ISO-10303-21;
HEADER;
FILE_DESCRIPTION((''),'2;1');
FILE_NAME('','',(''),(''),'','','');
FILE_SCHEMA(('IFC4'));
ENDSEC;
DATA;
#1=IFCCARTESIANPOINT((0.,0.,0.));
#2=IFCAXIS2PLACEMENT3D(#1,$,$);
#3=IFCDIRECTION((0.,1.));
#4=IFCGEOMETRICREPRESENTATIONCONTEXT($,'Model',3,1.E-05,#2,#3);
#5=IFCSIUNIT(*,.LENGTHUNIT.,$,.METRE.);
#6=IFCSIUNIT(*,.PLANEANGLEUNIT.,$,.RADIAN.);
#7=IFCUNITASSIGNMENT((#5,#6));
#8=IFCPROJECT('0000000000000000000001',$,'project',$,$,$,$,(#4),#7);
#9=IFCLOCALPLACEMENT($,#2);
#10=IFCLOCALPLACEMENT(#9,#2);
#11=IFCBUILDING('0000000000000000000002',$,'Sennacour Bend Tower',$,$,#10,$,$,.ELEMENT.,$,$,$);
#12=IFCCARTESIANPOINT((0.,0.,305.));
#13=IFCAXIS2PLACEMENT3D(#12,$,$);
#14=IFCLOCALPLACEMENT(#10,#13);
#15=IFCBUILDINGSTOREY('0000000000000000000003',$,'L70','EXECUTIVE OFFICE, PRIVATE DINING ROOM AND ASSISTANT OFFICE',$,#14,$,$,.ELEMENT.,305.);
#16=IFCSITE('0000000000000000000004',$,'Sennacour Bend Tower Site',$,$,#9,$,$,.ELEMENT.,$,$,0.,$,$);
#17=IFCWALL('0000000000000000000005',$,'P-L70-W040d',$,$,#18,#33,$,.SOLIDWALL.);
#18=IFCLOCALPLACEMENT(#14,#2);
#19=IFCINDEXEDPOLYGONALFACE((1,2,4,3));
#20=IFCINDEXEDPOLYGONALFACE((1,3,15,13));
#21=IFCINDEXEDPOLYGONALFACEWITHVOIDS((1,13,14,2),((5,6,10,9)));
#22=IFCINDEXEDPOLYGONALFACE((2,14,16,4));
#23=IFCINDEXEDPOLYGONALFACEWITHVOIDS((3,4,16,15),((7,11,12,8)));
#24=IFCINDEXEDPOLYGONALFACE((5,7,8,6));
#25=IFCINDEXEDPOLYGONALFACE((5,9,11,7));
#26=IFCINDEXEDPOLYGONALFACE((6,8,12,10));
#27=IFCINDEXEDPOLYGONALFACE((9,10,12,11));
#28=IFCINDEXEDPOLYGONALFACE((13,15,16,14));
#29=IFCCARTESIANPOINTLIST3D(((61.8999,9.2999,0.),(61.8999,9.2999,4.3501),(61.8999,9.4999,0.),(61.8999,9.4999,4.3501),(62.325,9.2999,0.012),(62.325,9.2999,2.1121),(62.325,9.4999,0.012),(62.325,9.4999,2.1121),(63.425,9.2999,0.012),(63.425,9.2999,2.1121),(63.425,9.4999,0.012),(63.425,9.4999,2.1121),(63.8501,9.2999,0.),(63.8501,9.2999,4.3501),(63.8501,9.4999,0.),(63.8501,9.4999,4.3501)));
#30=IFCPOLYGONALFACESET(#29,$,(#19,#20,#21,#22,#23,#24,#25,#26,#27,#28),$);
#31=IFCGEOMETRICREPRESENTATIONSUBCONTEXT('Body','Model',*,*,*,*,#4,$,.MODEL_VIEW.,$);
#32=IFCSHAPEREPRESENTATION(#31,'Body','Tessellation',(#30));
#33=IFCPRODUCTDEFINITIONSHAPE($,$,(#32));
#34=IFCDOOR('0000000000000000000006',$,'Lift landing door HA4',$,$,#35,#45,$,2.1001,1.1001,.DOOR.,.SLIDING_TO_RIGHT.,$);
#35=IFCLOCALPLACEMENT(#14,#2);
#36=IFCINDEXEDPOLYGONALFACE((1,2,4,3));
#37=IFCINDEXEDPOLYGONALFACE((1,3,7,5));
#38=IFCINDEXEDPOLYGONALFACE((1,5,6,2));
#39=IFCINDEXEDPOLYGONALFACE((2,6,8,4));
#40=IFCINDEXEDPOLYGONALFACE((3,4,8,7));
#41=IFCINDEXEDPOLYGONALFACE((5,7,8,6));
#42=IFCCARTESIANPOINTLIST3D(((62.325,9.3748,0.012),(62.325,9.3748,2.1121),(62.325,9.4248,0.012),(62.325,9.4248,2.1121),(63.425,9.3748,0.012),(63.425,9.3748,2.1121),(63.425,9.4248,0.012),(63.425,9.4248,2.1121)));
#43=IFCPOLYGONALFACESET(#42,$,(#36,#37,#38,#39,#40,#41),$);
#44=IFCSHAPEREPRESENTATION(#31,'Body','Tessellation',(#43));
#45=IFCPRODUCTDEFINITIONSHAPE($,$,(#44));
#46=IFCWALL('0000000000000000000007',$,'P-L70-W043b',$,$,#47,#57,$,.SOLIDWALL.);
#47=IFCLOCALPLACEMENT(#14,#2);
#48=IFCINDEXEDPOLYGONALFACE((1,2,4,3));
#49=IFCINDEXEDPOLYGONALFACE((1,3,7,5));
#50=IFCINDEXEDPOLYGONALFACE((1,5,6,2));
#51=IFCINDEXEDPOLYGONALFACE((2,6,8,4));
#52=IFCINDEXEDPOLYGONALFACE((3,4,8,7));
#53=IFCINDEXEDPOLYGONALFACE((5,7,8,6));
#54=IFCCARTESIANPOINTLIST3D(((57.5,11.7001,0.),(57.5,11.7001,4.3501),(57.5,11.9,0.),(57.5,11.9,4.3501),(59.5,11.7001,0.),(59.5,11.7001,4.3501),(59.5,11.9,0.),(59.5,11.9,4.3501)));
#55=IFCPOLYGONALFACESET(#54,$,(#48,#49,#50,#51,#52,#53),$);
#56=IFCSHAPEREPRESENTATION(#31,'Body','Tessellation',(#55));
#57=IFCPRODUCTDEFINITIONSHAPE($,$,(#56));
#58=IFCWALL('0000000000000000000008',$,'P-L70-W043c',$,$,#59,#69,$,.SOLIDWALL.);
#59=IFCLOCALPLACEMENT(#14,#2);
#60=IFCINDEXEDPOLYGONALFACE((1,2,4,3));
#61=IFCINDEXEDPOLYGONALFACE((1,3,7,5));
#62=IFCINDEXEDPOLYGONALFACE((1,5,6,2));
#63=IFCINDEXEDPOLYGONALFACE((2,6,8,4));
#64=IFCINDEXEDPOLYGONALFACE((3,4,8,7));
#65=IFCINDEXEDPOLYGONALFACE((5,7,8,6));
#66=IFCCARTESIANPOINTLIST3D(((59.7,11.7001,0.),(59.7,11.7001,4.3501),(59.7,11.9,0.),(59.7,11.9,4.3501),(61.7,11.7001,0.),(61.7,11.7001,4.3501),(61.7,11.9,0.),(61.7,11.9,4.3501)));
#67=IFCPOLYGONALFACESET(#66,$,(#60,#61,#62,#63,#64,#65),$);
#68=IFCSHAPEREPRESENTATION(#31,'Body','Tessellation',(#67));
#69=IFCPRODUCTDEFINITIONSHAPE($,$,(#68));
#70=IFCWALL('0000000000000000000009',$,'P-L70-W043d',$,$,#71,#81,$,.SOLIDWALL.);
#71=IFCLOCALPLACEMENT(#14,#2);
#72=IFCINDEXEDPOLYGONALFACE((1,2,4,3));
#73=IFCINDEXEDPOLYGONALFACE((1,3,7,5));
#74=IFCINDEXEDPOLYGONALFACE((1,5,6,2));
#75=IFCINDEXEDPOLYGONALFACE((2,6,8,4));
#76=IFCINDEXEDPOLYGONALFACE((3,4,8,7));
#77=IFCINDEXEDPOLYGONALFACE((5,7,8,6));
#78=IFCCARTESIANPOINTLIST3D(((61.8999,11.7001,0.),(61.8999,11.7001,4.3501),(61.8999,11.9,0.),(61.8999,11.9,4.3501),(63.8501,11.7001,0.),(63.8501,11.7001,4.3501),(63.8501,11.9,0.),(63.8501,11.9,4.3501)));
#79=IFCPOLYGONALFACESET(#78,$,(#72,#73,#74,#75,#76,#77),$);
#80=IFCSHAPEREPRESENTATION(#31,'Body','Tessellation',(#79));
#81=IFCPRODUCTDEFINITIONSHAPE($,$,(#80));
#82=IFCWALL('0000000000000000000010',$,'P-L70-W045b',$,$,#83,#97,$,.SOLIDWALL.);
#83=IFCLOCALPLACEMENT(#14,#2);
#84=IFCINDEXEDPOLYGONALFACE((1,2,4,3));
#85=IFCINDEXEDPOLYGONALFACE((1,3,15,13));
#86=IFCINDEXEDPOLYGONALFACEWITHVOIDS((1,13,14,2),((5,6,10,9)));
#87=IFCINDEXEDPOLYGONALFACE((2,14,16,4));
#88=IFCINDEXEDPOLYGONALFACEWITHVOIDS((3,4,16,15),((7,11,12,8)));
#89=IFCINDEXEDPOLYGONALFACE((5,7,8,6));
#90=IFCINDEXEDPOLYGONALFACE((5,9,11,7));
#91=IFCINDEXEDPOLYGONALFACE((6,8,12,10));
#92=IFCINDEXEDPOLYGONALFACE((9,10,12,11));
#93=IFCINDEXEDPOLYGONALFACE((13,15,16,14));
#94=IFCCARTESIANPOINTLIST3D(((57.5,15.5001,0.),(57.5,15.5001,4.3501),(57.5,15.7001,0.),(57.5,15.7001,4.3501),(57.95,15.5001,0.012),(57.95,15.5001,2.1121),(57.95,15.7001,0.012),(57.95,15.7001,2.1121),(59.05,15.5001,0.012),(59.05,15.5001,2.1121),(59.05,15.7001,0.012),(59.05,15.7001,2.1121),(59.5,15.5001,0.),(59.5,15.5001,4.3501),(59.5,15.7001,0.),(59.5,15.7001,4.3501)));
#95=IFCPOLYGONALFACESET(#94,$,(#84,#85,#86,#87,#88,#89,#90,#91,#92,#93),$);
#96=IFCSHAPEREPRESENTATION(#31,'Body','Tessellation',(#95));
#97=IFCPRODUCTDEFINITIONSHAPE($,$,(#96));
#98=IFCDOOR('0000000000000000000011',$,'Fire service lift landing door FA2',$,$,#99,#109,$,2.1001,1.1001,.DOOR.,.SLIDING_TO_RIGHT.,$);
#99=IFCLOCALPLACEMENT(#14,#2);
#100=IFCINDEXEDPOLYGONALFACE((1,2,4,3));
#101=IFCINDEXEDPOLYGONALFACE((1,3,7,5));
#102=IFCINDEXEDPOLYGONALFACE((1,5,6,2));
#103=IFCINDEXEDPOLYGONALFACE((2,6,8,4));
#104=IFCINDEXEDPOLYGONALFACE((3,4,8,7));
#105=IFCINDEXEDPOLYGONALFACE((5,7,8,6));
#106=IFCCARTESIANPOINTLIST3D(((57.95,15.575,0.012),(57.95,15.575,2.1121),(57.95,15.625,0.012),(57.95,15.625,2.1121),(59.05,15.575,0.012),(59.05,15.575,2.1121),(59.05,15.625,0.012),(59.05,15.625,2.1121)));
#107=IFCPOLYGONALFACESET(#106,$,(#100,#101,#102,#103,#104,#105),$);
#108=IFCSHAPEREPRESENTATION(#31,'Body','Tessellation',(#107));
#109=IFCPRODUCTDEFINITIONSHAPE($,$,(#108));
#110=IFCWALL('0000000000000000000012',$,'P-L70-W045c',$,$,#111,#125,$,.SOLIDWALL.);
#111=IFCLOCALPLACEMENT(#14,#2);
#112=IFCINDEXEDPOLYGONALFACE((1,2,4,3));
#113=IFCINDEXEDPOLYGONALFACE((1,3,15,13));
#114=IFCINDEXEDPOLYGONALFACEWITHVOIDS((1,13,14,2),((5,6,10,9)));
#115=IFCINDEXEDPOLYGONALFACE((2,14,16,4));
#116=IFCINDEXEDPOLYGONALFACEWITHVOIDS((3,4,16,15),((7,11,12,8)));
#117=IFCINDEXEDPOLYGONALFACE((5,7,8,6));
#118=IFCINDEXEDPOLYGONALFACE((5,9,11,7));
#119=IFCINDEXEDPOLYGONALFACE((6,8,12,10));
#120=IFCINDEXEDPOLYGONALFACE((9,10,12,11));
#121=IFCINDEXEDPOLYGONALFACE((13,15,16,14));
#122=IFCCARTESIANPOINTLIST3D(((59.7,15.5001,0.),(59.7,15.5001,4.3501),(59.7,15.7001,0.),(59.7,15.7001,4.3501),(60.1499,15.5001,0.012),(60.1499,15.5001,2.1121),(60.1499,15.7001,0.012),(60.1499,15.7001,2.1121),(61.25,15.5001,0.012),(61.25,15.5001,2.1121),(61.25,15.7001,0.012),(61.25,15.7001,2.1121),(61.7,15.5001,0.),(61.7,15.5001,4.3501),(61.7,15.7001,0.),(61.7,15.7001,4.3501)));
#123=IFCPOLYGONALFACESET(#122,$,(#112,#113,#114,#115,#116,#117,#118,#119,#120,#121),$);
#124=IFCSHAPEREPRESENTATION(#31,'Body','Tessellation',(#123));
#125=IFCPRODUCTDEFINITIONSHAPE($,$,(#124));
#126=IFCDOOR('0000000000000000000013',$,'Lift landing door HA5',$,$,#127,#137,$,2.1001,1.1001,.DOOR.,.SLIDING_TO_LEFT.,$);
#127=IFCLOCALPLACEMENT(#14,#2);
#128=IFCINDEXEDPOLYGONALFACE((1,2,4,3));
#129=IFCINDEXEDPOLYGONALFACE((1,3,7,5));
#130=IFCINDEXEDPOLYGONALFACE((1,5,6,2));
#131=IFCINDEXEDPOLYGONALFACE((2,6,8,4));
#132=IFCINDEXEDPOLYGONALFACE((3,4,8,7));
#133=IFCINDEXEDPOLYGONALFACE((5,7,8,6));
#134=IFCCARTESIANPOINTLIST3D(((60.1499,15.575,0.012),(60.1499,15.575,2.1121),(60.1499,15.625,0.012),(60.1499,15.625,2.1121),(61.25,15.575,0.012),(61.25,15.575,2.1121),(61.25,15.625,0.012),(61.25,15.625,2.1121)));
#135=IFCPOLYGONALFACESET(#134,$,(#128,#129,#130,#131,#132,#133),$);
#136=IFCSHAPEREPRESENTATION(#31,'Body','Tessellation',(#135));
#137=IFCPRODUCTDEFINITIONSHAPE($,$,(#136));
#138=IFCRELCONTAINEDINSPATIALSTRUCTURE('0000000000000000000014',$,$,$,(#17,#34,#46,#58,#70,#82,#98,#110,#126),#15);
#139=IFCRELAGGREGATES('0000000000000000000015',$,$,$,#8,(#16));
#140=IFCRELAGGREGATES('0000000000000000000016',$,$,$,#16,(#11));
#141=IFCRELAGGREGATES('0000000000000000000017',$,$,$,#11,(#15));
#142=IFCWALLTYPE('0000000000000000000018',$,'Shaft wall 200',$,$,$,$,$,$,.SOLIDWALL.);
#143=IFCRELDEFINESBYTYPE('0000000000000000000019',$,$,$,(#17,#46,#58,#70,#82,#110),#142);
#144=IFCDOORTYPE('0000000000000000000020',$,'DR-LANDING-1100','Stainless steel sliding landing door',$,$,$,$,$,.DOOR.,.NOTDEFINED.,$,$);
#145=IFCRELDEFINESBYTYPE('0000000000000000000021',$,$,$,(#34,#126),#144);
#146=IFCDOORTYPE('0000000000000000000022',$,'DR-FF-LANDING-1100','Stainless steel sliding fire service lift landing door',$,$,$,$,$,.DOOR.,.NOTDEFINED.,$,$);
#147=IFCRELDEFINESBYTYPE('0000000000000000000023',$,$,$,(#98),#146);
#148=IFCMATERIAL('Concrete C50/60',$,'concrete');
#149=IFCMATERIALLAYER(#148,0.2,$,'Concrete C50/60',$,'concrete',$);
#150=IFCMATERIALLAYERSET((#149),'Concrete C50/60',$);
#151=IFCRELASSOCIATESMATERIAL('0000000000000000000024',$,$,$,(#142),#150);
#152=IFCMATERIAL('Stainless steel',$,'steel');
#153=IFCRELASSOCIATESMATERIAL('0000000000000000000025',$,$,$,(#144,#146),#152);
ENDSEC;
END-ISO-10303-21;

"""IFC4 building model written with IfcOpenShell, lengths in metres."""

from ifc_helpers import new_model, si_unit, direction, frame, frame_2d, origin, place, context, subcontext, project, spatial, rectangle, extrude, material, layer, layer_set, type_object, element, fill, save


model = new_model("IFC4")

# Units and contexts
model_context = context("Model", 3, precision=1e-05, world=origin(), true_north=direction((0.0, 1.0)))
body_context = subcontext(model_context, "Body", "Model", "MODEL_VIEW")
ifc_project = project(units=[si_unit("LENGTHUNIT", "METRE"), si_unit("PLANEANGLEUNIT", "RADIAN")], contexts=[model_context])

# Site, building, storey
site_placement = place(None, origin())
site = spatial("IfcSite", under=ifc_project, at=site_placement, Name="Sennacour Bend Tower Site", CompositionType="ELEMENT", RefElevation=0.0)
building_placement = place(site_placement, origin())
building = spatial("IfcBuilding", under=site, at=building_placement, Name="Sennacour Bend Tower", CompositionType="ELEMENT")
storey_placement = place(building_placement, frame((0.0, 0.0, 305.0)))
storey = spatial("IfcBuildingStorey", under=building, at=storey_placement, Name="L70", Description="EXECUTIVE OFFICE, PRIVATE DINING ROOM AND ASSISTANT OFFICE", CompositionType="ELEMENT", Elevation=305.0)

# Shared definitions
ifc_material_1 = material(Name="Concrete C50/60", Category="concrete")
ifc_layer_1 = layer(ifc_material_1, 0.2, Name="Concrete C50/60", Category="concrete")
ifc_layer_set_1 = layer_set([ifc_layer_1], Name="Concrete C50/60")
wall_type_1 = type_object("IfcWallType", Name="Shaft wall 200", PredefinedType="SOLIDWALL", material=ifc_layer_set_1)

# Wall, opening, door
ifc_material_2 = material(Name="Stainless steel", Category="steel")
door_type_1 = type_object("IfcDoorType", Name="DR-LANDING-1100", Description="Stainless steel sliding landing door", OperationType="NOTDEFINED", PredefinedType="DOOR", material=ifc_material_2)
wall_1_placement = place(storey_placement, frame((61.8999, 9.3999, 0.0), z_axis=(0.0, 0.0, 1.0), x_axis=(1.0, 0.0, 0.0)))
wall_1 = element("IfcWall", 1, at=wall_1_placement, inside=storey, type_object=wall_type_1, Name="P-L70-W040d", PredefinedType="SOLIDWALL", context=body_context, shape_type="SweptSolid", body=[
    extrude(rectangle(XDim=1.9502, YDim=0.2, at=frame_2d((0.9751, 0.0))), origin(), (0.0, 0.0, 1.0), 4.3501),
])
opening_1_placement = place(wall_1_placement, frame((0.425, 0.0, 0.012)))
opening_1 = element("IfcOpeningElement", 2, at=opening_1_placement, cuts=wall_1, PredefinedType="OPENING", context=body_context, shape_type="SweptSolid", body=[
    extrude(rectangle(XDim=1.1001, YDim=2.1001, at=frame_2d((0.55, 1.05))), frame((0.0, 0.1099, 0.0), z_axis=(0.0, -1.0, 0.0), x_axis=(1.0, 0.0, 0.0)), (0.0, 0.0, 1.0), 0.22),
])
door_1_placement = place(opening_1_placement, origin())
door_1 = element("IfcDoor", 3, at=door_1_placement, inside=storey, type_object=door_type_1, Name="Lift landing door HA4", OperationType="SLIDING_TO_RIGHT", OverallHeight=2.1001, OverallWidth=1.1001, PredefinedType="DOOR", context=body_context, shape_type="SweptSolid", body=[
    extrude(rectangle(XDim=1.1001, YDim=2.1001, at=frame_2d((0.55, 1.05))), frame((0.0, 0.0249, 0.0), z_axis=(0.0, -1.0, 0.0), x_axis=(1.0, 0.0, 0.0)), (0.0, 0.0, 1.0), 0.05),
])
fill(opening_1, door_1)

# Walls
for number, where, z_axis, x_axis, name in (
    (4, (57.5, 11.8, 0.0), (0.0, 0.0, 1.0), (1.0, 0.0, 0.0), "P-L70-W043b"),
    (5, (59.7, 11.8, 0.0), (0.0, 0.0, 1.0), (1.0, 0.0, 0.0), "P-L70-W043c"),
):
    element("IfcWall", number, at=place(storey_placement, frame(where, z_axis=z_axis, x_axis=x_axis)), inside=storey, type_object=wall_type_1, Name=name, PredefinedType="SOLIDWALL", context=body_context, shape_type="SweptSolid", body=[
        extrude(rectangle(XDim=2.0, YDim=0.2, at=frame_2d((1.0, 0.0))), origin(), (0.0, 0.0, 1.0), 4.3501),
    ])
wall_2_placement = place(storey_placement, frame((61.8999, 11.8, 0.0), z_axis=(0.0, 0.0, 1.0), x_axis=(1.0, 0.0, 0.0)))
element("IfcWall", 6, at=wall_2_placement, inside=storey, type_object=wall_type_1, Name="P-L70-W043d", PredefinedType="SOLIDWALL", context=body_context, shape_type="SweptSolid", body=[
    extrude(rectangle(XDim=1.9502, YDim=0.2, at=frame_2d((0.9751, 0.0))), origin(), (0.0, 0.0, 1.0), 4.3501),
])

# Walls, openings, doors
wall_3_placement = place(storey_placement, frame((57.5, 15.6001, 0.0), z_axis=(0.0, 0.0, 1.0), x_axis=(1.0, 0.0, 0.0)))
wall_3 = element("IfcWall", 7, at=wall_3_placement, inside=storey, type_object=wall_type_1, Name="P-L70-W045b", PredefinedType="SOLIDWALL", context=body_context, shape_type="SweptSolid", body=[
    extrude(rectangle(XDim=2.0, YDim=0.2, at=frame_2d((1.0, 0.0))), origin(), (0.0, 0.0, 1.0), 4.3501),
])
opening_2_placement = place(wall_3_placement, frame((0.45, 0.0, 0.012)))
opening_2 = element("IfcOpeningElement", 8, at=opening_2_placement, cuts=wall_3, PredefinedType="OPENING", context=body_context, shape_type="SweptSolid", body=[
    extrude(rectangle(XDim=1.1001, YDim=2.1001, at=frame_2d((0.55, 1.05))), frame((0.0, 0.1099, 0.0), z_axis=(0.0, -1.0, 0.0), x_axis=(1.0, 0.0, 0.0)), (0.0, 0.0, 1.0), 0.22),
])
door_type_2 = type_object("IfcDoorType", Name="DR-FF-LANDING-1100", Description="Stainless steel sliding fire service lift landing door", OperationType="NOTDEFINED", PredefinedType="DOOR", material=ifc_material_2)
door_2_placement = place(opening_2_placement, origin())
door_2 = element("IfcDoor", 9, at=door_2_placement, inside=storey, type_object=door_type_2, Name="Fire service lift landing door FA2", OperationType="SLIDING_TO_RIGHT", OverallHeight=2.1001, OverallWidth=1.1001, PredefinedType="DOOR", context=body_context, shape_type="SweptSolid", body=[
    extrude(rectangle(XDim=1.1001, YDim=2.1001, at=frame_2d((0.55, 1.05))), frame((0.0, 0.0249, 0.0), z_axis=(0.0, -1.0, 0.0), x_axis=(1.0, 0.0, 0.0)), (0.0, 0.0, 1.0), 0.05),
])
fill(opening_2, door_2)
wall_4_placement = place(storey_placement, frame((59.7, 15.6001, 0.0), z_axis=(0.0, 0.0, 1.0), x_axis=(1.0, 0.0, 0.0)))
wall_4 = element("IfcWall", 10, at=wall_4_placement, inside=storey, type_object=wall_type_1, Name="P-L70-W045c", PredefinedType="SOLIDWALL", context=body_context, shape_type="SweptSolid", body=[
    extrude(rectangle(XDim=2.0, YDim=0.2, at=frame_2d((1.0, 0.0))), origin(), (0.0, 0.0, 1.0), 4.3501),
])
opening_3_placement = place(wall_4_placement, frame((0.45, 0.0, 0.012)))
opening_3 = element("IfcOpeningElement", 11, at=opening_3_placement, cuts=wall_4, PredefinedType="OPENING", context=body_context, shape_type="SweptSolid", body=[
    extrude(rectangle(XDim=1.1001, YDim=2.1001, at=frame_2d((0.55, 1.05))), frame((0.0, 0.1099, 0.0), z_axis=(0.0, -1.0, 0.0), x_axis=(1.0, 0.0, 0.0)), (0.0, 0.0, 1.0), 0.22),
])
door_3_placement = place(opening_3_placement, origin())
door_3 = element("IfcDoor", 12, at=door_3_placement, inside=storey, type_object=door_type_1, Name="Lift landing door HA5", OperationType="SLIDING_TO_LEFT", OverallHeight=2.1001, OverallWidth=1.1001, PredefinedType="DOOR", context=body_context, shape_type="SweptSolid", body=[
    extrude(rectangle(XDim=1.1001, YDim=2.1001, at=frame_2d((0.55, 1.05))), frame((0.0, 0.0249, 0.0), z_axis=(0.0, -1.0, 0.0), x_axis=(1.0, 0.0, 0.0)), (0.0, 0.0, 1.0), 0.05),
])
fill(opening_3, door_3)

save(model, "model.ifc")
